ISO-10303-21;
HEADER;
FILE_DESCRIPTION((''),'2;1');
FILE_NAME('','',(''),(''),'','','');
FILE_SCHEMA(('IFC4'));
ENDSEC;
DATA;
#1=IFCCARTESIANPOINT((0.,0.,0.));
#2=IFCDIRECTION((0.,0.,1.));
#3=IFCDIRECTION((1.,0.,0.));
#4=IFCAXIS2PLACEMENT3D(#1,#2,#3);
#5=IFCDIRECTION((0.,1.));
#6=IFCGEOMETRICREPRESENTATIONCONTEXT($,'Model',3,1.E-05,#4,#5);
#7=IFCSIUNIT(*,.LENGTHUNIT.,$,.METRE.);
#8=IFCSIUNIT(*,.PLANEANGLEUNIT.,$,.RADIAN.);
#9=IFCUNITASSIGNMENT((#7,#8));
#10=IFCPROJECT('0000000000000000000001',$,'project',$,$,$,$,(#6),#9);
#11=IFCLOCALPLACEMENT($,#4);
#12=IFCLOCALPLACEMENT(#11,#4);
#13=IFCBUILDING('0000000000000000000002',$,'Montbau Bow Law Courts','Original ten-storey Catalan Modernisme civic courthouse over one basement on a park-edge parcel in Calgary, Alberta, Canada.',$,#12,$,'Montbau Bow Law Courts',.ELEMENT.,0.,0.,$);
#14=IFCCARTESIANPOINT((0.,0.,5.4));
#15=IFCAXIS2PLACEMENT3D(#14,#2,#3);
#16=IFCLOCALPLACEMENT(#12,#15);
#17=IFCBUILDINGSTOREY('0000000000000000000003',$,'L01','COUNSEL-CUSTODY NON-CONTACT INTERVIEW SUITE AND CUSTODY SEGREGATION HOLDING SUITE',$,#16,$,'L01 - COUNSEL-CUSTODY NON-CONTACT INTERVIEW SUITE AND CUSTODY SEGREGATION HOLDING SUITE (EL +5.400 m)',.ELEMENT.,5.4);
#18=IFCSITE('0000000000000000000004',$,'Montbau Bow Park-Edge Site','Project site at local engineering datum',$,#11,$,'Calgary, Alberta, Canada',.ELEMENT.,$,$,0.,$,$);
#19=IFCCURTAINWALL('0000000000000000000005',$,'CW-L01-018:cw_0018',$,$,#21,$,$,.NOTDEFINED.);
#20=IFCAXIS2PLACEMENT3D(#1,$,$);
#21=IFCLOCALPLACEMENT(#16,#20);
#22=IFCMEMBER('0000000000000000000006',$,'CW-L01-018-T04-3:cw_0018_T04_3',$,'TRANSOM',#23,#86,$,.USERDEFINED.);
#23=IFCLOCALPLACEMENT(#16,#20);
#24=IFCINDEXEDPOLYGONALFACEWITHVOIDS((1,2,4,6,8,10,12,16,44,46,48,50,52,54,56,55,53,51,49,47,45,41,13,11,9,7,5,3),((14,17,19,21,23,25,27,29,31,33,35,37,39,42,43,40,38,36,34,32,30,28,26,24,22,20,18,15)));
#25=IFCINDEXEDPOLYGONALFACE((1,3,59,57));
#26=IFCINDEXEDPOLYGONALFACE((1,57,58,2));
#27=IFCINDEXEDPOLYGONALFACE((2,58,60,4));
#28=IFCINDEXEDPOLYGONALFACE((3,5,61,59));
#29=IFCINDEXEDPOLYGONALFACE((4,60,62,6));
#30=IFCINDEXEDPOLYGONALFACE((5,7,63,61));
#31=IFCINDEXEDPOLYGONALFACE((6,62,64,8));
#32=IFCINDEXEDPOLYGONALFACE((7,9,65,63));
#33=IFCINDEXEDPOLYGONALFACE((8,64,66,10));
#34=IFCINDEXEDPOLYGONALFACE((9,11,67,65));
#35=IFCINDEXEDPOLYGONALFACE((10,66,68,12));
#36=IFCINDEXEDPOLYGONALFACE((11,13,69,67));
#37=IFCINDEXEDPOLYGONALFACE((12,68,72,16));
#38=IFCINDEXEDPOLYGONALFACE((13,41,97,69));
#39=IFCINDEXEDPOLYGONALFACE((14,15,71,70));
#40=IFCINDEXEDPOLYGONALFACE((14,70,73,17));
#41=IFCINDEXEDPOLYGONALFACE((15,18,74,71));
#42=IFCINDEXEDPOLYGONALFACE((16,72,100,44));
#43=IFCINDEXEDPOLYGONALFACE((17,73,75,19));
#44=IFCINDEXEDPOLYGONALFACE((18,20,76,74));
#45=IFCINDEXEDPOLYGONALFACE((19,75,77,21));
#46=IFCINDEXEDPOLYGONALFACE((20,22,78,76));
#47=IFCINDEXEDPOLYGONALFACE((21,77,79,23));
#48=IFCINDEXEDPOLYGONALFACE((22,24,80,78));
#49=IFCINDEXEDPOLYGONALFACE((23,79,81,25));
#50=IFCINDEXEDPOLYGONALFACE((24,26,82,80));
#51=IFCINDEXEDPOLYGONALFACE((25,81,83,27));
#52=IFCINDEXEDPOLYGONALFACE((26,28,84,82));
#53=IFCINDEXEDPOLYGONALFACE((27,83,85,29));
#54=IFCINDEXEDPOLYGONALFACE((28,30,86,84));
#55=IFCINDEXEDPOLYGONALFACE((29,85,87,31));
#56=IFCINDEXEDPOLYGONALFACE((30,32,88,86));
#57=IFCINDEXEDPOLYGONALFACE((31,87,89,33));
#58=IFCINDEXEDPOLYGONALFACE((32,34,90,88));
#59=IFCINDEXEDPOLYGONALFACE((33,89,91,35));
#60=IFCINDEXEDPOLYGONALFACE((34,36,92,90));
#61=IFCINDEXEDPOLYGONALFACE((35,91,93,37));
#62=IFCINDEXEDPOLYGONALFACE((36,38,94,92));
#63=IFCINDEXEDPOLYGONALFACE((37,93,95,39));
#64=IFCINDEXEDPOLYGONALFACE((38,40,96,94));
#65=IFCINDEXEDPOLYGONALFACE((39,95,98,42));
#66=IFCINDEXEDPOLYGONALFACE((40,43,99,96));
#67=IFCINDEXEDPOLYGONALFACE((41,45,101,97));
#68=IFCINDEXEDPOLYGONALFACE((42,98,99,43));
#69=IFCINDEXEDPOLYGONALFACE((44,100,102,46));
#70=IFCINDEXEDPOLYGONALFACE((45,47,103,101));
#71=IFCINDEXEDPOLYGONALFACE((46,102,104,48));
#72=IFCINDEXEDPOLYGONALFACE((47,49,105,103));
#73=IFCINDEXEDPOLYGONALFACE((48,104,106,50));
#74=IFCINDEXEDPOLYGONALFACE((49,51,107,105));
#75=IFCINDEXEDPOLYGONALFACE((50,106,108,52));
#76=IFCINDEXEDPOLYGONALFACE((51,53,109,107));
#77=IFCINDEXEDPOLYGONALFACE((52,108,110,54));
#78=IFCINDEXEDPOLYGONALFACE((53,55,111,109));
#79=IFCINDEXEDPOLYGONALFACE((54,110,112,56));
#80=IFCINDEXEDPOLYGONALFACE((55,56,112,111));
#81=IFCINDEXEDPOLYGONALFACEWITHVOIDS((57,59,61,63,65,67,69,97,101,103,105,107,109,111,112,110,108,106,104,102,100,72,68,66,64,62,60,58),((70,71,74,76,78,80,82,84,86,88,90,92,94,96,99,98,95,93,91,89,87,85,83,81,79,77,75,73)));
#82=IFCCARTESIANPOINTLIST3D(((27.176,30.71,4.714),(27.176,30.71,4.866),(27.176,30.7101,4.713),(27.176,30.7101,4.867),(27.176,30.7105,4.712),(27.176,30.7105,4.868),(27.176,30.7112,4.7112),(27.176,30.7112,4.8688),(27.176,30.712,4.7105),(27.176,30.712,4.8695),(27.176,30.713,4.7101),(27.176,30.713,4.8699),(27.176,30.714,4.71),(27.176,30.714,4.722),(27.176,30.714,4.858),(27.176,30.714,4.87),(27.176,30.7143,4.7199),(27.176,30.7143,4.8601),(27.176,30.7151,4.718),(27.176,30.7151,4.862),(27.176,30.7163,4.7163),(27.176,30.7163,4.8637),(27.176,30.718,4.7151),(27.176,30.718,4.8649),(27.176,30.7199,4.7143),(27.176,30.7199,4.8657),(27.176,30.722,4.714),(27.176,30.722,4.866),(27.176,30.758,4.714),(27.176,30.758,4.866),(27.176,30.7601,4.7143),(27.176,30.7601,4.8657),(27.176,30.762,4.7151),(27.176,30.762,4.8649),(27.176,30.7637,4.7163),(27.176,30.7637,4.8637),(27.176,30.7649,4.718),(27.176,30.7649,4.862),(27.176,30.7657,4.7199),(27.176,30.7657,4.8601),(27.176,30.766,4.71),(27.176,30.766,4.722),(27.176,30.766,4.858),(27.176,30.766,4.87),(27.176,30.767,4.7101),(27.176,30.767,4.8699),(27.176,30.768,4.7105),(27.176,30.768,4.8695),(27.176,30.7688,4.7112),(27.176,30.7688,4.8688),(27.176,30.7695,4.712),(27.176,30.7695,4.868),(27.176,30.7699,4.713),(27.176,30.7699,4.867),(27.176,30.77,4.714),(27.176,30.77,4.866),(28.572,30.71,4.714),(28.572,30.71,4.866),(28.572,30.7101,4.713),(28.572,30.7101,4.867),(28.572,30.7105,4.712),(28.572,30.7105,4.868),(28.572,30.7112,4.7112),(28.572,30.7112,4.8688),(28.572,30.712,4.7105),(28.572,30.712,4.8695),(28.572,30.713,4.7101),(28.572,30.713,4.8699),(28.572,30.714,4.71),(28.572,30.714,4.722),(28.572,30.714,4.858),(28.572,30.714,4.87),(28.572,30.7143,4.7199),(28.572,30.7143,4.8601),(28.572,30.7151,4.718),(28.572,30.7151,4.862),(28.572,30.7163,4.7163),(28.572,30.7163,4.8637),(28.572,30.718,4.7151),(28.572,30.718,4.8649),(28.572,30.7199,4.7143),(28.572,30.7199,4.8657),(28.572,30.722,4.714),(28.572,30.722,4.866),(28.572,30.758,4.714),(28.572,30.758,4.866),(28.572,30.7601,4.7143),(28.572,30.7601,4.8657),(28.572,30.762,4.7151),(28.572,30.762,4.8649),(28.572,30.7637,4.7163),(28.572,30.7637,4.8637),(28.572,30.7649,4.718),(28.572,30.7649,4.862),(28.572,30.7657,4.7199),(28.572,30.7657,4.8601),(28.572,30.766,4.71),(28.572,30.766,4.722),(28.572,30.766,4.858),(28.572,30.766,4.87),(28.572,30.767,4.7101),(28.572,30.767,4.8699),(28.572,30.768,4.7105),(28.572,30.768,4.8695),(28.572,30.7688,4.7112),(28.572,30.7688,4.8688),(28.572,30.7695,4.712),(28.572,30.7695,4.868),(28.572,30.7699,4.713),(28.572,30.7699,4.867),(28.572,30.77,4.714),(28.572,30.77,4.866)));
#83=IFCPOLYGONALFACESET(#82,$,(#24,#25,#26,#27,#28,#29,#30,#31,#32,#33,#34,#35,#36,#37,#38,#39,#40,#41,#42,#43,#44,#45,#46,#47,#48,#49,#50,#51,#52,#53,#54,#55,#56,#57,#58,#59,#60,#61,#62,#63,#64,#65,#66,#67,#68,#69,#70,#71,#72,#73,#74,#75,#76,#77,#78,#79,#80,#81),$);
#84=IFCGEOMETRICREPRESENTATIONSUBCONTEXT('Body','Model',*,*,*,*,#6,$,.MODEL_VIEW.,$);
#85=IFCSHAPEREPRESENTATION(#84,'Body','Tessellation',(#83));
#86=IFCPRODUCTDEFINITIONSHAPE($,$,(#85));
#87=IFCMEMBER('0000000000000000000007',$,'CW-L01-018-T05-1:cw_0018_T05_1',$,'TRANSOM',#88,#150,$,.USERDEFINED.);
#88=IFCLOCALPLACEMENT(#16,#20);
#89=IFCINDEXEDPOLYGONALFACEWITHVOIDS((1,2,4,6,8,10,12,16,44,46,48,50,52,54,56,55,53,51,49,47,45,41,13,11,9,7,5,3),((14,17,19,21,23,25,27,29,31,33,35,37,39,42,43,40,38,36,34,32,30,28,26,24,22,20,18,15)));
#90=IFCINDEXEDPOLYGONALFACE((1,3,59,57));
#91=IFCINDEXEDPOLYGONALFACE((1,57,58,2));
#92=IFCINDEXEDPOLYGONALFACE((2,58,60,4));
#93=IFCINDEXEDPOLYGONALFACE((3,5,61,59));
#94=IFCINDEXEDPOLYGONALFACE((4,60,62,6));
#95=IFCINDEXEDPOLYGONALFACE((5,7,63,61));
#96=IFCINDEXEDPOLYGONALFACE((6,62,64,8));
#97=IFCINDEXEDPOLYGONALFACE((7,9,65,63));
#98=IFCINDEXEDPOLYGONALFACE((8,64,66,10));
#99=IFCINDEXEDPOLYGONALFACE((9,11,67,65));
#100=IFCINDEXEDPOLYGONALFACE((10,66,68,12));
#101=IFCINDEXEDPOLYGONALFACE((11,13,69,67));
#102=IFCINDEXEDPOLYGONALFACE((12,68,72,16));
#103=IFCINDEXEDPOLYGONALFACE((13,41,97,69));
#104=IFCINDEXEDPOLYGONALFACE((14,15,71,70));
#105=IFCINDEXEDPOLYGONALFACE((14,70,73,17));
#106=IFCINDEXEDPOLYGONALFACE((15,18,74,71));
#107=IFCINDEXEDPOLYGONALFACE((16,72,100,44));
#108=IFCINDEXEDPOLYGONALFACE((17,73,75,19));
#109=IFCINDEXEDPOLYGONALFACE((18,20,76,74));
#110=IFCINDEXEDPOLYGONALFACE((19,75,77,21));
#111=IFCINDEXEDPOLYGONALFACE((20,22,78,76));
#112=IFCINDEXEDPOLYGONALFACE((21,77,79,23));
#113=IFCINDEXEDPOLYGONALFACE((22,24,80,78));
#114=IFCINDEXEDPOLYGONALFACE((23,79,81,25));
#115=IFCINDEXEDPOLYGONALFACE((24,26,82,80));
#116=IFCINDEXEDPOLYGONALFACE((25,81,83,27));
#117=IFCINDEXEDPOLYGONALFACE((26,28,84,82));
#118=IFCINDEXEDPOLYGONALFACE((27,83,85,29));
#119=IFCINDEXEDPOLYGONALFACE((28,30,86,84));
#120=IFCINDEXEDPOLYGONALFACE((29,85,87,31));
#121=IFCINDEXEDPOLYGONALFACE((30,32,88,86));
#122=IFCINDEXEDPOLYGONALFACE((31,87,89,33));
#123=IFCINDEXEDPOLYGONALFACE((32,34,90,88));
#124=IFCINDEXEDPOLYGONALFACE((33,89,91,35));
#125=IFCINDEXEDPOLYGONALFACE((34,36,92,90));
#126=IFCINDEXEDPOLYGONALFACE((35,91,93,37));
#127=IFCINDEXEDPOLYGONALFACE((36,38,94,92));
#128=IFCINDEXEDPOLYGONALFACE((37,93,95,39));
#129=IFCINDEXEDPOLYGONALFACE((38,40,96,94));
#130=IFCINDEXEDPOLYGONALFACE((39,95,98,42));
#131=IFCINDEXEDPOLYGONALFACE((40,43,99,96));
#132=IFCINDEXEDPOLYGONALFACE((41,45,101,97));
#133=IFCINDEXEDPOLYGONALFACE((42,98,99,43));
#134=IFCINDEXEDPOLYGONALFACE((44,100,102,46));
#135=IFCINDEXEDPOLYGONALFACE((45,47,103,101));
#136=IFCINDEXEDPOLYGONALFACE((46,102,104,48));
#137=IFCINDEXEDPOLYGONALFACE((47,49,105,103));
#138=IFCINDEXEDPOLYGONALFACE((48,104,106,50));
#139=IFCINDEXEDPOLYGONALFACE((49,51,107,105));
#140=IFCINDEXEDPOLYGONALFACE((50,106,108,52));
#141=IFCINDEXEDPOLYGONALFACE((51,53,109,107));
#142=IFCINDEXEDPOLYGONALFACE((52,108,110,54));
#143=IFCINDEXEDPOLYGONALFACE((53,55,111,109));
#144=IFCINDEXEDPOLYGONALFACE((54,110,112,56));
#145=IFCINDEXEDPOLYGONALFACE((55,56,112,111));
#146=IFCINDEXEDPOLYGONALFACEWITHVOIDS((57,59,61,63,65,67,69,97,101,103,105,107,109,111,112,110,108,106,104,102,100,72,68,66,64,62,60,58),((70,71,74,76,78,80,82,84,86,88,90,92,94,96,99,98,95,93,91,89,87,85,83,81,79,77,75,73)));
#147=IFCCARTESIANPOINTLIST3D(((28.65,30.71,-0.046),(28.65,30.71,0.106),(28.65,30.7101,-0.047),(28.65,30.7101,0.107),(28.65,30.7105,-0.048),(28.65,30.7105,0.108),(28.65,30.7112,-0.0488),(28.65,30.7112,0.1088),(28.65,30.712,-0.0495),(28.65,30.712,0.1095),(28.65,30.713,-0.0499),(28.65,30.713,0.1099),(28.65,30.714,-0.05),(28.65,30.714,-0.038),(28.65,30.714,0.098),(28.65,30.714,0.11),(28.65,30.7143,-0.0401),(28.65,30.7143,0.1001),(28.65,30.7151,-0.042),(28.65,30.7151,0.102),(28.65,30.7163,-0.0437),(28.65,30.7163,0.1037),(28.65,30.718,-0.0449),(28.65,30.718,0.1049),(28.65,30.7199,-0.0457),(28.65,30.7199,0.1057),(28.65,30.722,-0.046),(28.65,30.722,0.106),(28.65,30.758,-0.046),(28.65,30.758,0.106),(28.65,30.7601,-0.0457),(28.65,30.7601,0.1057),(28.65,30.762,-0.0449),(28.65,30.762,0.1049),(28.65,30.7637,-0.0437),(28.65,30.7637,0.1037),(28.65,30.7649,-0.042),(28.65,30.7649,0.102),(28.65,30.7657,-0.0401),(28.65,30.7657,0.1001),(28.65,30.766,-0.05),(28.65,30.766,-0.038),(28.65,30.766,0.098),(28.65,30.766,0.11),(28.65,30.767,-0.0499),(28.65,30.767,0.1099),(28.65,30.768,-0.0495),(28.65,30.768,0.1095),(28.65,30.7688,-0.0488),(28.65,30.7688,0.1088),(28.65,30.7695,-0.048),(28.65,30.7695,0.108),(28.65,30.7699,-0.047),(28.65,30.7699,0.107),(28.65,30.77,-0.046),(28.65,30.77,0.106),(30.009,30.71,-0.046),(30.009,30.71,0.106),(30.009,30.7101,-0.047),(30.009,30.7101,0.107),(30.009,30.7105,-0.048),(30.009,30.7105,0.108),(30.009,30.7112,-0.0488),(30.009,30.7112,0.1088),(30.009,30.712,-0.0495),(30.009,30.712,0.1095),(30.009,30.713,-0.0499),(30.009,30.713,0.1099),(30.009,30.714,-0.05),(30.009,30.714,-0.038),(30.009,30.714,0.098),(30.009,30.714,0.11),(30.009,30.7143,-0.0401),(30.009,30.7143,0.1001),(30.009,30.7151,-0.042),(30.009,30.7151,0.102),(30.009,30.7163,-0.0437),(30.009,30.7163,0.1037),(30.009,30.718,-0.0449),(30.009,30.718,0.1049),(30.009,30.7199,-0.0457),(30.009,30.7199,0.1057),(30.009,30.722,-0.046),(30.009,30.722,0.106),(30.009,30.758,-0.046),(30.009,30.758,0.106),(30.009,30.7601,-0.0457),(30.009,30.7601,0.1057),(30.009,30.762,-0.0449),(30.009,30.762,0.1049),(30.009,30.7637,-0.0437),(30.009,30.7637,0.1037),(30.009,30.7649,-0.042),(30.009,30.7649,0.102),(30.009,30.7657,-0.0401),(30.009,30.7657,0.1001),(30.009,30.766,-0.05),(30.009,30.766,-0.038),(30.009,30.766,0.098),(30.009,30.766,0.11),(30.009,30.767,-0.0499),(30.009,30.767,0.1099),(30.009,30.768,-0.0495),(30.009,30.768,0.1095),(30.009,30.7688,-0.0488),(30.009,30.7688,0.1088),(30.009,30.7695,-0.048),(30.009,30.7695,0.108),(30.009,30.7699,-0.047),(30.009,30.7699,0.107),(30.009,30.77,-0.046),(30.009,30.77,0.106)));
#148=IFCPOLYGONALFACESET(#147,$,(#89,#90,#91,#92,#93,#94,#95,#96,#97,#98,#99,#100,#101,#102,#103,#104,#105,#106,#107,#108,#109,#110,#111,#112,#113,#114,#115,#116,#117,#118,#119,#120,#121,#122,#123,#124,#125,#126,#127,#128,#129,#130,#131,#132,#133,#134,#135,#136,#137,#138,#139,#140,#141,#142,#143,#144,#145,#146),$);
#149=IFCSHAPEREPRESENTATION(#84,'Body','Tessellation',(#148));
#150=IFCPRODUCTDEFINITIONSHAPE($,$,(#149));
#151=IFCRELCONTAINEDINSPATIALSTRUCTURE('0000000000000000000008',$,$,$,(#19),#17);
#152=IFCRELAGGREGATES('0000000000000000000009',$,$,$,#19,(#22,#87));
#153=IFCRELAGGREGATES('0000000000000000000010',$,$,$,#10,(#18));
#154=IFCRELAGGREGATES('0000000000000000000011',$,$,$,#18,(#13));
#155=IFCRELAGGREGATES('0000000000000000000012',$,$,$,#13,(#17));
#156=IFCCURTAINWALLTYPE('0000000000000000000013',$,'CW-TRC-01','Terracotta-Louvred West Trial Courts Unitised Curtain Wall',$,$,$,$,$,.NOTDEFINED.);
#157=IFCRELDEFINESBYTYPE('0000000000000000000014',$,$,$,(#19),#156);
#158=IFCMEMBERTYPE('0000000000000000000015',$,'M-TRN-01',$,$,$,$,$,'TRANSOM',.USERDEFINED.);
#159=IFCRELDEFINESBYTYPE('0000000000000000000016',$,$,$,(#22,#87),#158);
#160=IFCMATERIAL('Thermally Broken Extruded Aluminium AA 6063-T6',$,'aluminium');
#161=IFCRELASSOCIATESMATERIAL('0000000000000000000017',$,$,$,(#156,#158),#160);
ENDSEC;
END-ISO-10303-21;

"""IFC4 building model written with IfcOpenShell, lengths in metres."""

from ifc_helpers import new_model, si_unit, direction, frame, origin_with_axes, origin_2d_with_axis, place, context, subcontext, project, spatial, hollow_rectangle, extrude, material, material_profile, profile_set, type_object, element, aggregate, save


model = new_model("IFC4")

# Units and contexts
model_context = context("Model", 3, precision=1e-05, world=origin_with_axes(), true_north=direction((0.0, 1.0)))
body_context = subcontext(model_context, "Body", "Model", "MODEL_VIEW")
ifc_project = project(units=[si_unit("LENGTHUNIT", "METRE"), si_unit("PLANEANGLEUNIT", "RADIAN")], contexts=[model_context])

# Site, building, storey
site_placement = place(None, origin_with_axes())
site = spatial("IfcSite", under=ifc_project, at=site_placement, Name="Montbau Bow Park-Edge Site", Description="Project site at local engineering datum", LongName="Calgary, Alberta, Canada", CompositionType="ELEMENT", RefElevation=0.0)
building_placement = place(site_placement, origin_with_axes())
building = spatial("IfcBuilding", under=site, at=building_placement, Name="Montbau Bow Law Courts", Description="Original ten-storey Catalan Modernisme civic courthouse over one basement on a park-edge parcel in Calgary, Alberta, Canada.", LongName="Montbau Bow Law Courts", CompositionType="ELEMENT", ElevationOfRefHeight=0.0, ElevationOfTerrain=0.0)
storey_placement = place(building_placement, frame((0.0, 0.0, 5.4), z_axis=(0.0, 0.0, 1.0), x_axis=(1.0, 0.0, 0.0)))
storey = spatial("IfcBuildingStorey", under=building, at=storey_placement, Name="L01", Description="COUNSEL-CUSTODY NON-CONTACT INTERVIEW SUITE AND CUSTODY SEGREGATION HOLDING SUITE", LongName="L01 - COUNSEL-CUSTODY NON-CONTACT INTERVIEW SUITE AND CUSTODY SEGREGATION HOLDING SUITE (EL +5.400 m)", CompositionType="ELEMENT", Elevation=5.4)

# Curtain wall
ifc_material_1 = material(Name="Thermally Broken Extruded Aluminium AA 6063-T6", Category="aluminium")
curtain_wall_type = type_object("IfcCurtainWallType", Name="CW-TRC-01", Description="Terracotta-Louvred West Trial Courts Unitised Curtain Wall", PredefinedType="NOTDEFINED", material=ifc_material_1)
curtain_wall_1_placement = place(None, frame((22.715, 30.74, 5.4), z_axis=(0.0, 0.0, 1.0), x_axis=(1.0, 0.0, 0.0)))
curtain_wall_1 = element("IfcCurtainWall", 1, at=curtain_wall_1_placement, inside=storey, type_object=curtain_wall_type, Name="CW-L01-018:cw_0018", PredefinedType="NOTDEFINED")

# Members
ifc_material_profile_1 = material_profile(ifc_material_1, hollow_rectangle(XDim=0.06, YDim=0.16, WallThickness=0.004, InnerFilletRadius=0.008, OuterFilletRadius=0.004, at=origin_2d_with_axis()), Name="CWT-160X60", Category="Main", Priority=0)
ifc_profile_set_1 = profile_set([ifc_material_profile_1], Name="Thermally Broken Extruded Aluminium AA 6063-T6")
member_type_1 = type_object("IfcMemberType", Name="M-TRN-01", ElementType="TRANSOM", PredefinedType="USERDEFINED", material=ifc_profile_set_1)
member_1_placement = place(None, frame((27.176, 30.74, 10.19), z_axis=(1.0, 0.0, 0.0), x_axis=(0.0, 1.0, 0.0)))
member_1 = element("IfcMember", 2, at=member_1_placement, type_object=member_type_1, Name="CW-L01-018-T04-3:cw_0018_T04_3", ObjectType="TRANSOM", PredefinedType="USERDEFINED", context=body_context, shape_type="SweptSolid", body=[
    extrude(hollow_rectangle(XDim=0.06, YDim=0.16, WallThickness=0.004, InnerFilletRadius=0.008, OuterFilletRadius=0.004, at=origin_2d_with_axis()), origin_with_axes(), (0.0, 0.0, 1.0), 1.396),
])
member_2_placement = place(None, frame((28.65, 30.74, 5.43), z_axis=(1.0, 0.0, 0.0), x_axis=(0.0, 1.0, 0.0)))
member_2 = element("IfcMember", 3, at=member_2_placement, type_object=member_type_1, Name="CW-L01-018-T05-1:cw_0018_T05_1", ObjectType="TRANSOM", PredefinedType="USERDEFINED", context=body_context, shape_type="SweptSolid", body=[
    extrude(hollow_rectangle(XDim=0.06, YDim=0.16, WallThickness=0.004, InnerFilletRadius=0.008, OuterFilletRadius=0.004, at=origin_2d_with_axis()), origin_with_axes(), (0.0, 0.0, 1.0), 1.359),
])

aggregate(curtain_wall_1, [member_1, member_2])

save(model, "model.ifc")
